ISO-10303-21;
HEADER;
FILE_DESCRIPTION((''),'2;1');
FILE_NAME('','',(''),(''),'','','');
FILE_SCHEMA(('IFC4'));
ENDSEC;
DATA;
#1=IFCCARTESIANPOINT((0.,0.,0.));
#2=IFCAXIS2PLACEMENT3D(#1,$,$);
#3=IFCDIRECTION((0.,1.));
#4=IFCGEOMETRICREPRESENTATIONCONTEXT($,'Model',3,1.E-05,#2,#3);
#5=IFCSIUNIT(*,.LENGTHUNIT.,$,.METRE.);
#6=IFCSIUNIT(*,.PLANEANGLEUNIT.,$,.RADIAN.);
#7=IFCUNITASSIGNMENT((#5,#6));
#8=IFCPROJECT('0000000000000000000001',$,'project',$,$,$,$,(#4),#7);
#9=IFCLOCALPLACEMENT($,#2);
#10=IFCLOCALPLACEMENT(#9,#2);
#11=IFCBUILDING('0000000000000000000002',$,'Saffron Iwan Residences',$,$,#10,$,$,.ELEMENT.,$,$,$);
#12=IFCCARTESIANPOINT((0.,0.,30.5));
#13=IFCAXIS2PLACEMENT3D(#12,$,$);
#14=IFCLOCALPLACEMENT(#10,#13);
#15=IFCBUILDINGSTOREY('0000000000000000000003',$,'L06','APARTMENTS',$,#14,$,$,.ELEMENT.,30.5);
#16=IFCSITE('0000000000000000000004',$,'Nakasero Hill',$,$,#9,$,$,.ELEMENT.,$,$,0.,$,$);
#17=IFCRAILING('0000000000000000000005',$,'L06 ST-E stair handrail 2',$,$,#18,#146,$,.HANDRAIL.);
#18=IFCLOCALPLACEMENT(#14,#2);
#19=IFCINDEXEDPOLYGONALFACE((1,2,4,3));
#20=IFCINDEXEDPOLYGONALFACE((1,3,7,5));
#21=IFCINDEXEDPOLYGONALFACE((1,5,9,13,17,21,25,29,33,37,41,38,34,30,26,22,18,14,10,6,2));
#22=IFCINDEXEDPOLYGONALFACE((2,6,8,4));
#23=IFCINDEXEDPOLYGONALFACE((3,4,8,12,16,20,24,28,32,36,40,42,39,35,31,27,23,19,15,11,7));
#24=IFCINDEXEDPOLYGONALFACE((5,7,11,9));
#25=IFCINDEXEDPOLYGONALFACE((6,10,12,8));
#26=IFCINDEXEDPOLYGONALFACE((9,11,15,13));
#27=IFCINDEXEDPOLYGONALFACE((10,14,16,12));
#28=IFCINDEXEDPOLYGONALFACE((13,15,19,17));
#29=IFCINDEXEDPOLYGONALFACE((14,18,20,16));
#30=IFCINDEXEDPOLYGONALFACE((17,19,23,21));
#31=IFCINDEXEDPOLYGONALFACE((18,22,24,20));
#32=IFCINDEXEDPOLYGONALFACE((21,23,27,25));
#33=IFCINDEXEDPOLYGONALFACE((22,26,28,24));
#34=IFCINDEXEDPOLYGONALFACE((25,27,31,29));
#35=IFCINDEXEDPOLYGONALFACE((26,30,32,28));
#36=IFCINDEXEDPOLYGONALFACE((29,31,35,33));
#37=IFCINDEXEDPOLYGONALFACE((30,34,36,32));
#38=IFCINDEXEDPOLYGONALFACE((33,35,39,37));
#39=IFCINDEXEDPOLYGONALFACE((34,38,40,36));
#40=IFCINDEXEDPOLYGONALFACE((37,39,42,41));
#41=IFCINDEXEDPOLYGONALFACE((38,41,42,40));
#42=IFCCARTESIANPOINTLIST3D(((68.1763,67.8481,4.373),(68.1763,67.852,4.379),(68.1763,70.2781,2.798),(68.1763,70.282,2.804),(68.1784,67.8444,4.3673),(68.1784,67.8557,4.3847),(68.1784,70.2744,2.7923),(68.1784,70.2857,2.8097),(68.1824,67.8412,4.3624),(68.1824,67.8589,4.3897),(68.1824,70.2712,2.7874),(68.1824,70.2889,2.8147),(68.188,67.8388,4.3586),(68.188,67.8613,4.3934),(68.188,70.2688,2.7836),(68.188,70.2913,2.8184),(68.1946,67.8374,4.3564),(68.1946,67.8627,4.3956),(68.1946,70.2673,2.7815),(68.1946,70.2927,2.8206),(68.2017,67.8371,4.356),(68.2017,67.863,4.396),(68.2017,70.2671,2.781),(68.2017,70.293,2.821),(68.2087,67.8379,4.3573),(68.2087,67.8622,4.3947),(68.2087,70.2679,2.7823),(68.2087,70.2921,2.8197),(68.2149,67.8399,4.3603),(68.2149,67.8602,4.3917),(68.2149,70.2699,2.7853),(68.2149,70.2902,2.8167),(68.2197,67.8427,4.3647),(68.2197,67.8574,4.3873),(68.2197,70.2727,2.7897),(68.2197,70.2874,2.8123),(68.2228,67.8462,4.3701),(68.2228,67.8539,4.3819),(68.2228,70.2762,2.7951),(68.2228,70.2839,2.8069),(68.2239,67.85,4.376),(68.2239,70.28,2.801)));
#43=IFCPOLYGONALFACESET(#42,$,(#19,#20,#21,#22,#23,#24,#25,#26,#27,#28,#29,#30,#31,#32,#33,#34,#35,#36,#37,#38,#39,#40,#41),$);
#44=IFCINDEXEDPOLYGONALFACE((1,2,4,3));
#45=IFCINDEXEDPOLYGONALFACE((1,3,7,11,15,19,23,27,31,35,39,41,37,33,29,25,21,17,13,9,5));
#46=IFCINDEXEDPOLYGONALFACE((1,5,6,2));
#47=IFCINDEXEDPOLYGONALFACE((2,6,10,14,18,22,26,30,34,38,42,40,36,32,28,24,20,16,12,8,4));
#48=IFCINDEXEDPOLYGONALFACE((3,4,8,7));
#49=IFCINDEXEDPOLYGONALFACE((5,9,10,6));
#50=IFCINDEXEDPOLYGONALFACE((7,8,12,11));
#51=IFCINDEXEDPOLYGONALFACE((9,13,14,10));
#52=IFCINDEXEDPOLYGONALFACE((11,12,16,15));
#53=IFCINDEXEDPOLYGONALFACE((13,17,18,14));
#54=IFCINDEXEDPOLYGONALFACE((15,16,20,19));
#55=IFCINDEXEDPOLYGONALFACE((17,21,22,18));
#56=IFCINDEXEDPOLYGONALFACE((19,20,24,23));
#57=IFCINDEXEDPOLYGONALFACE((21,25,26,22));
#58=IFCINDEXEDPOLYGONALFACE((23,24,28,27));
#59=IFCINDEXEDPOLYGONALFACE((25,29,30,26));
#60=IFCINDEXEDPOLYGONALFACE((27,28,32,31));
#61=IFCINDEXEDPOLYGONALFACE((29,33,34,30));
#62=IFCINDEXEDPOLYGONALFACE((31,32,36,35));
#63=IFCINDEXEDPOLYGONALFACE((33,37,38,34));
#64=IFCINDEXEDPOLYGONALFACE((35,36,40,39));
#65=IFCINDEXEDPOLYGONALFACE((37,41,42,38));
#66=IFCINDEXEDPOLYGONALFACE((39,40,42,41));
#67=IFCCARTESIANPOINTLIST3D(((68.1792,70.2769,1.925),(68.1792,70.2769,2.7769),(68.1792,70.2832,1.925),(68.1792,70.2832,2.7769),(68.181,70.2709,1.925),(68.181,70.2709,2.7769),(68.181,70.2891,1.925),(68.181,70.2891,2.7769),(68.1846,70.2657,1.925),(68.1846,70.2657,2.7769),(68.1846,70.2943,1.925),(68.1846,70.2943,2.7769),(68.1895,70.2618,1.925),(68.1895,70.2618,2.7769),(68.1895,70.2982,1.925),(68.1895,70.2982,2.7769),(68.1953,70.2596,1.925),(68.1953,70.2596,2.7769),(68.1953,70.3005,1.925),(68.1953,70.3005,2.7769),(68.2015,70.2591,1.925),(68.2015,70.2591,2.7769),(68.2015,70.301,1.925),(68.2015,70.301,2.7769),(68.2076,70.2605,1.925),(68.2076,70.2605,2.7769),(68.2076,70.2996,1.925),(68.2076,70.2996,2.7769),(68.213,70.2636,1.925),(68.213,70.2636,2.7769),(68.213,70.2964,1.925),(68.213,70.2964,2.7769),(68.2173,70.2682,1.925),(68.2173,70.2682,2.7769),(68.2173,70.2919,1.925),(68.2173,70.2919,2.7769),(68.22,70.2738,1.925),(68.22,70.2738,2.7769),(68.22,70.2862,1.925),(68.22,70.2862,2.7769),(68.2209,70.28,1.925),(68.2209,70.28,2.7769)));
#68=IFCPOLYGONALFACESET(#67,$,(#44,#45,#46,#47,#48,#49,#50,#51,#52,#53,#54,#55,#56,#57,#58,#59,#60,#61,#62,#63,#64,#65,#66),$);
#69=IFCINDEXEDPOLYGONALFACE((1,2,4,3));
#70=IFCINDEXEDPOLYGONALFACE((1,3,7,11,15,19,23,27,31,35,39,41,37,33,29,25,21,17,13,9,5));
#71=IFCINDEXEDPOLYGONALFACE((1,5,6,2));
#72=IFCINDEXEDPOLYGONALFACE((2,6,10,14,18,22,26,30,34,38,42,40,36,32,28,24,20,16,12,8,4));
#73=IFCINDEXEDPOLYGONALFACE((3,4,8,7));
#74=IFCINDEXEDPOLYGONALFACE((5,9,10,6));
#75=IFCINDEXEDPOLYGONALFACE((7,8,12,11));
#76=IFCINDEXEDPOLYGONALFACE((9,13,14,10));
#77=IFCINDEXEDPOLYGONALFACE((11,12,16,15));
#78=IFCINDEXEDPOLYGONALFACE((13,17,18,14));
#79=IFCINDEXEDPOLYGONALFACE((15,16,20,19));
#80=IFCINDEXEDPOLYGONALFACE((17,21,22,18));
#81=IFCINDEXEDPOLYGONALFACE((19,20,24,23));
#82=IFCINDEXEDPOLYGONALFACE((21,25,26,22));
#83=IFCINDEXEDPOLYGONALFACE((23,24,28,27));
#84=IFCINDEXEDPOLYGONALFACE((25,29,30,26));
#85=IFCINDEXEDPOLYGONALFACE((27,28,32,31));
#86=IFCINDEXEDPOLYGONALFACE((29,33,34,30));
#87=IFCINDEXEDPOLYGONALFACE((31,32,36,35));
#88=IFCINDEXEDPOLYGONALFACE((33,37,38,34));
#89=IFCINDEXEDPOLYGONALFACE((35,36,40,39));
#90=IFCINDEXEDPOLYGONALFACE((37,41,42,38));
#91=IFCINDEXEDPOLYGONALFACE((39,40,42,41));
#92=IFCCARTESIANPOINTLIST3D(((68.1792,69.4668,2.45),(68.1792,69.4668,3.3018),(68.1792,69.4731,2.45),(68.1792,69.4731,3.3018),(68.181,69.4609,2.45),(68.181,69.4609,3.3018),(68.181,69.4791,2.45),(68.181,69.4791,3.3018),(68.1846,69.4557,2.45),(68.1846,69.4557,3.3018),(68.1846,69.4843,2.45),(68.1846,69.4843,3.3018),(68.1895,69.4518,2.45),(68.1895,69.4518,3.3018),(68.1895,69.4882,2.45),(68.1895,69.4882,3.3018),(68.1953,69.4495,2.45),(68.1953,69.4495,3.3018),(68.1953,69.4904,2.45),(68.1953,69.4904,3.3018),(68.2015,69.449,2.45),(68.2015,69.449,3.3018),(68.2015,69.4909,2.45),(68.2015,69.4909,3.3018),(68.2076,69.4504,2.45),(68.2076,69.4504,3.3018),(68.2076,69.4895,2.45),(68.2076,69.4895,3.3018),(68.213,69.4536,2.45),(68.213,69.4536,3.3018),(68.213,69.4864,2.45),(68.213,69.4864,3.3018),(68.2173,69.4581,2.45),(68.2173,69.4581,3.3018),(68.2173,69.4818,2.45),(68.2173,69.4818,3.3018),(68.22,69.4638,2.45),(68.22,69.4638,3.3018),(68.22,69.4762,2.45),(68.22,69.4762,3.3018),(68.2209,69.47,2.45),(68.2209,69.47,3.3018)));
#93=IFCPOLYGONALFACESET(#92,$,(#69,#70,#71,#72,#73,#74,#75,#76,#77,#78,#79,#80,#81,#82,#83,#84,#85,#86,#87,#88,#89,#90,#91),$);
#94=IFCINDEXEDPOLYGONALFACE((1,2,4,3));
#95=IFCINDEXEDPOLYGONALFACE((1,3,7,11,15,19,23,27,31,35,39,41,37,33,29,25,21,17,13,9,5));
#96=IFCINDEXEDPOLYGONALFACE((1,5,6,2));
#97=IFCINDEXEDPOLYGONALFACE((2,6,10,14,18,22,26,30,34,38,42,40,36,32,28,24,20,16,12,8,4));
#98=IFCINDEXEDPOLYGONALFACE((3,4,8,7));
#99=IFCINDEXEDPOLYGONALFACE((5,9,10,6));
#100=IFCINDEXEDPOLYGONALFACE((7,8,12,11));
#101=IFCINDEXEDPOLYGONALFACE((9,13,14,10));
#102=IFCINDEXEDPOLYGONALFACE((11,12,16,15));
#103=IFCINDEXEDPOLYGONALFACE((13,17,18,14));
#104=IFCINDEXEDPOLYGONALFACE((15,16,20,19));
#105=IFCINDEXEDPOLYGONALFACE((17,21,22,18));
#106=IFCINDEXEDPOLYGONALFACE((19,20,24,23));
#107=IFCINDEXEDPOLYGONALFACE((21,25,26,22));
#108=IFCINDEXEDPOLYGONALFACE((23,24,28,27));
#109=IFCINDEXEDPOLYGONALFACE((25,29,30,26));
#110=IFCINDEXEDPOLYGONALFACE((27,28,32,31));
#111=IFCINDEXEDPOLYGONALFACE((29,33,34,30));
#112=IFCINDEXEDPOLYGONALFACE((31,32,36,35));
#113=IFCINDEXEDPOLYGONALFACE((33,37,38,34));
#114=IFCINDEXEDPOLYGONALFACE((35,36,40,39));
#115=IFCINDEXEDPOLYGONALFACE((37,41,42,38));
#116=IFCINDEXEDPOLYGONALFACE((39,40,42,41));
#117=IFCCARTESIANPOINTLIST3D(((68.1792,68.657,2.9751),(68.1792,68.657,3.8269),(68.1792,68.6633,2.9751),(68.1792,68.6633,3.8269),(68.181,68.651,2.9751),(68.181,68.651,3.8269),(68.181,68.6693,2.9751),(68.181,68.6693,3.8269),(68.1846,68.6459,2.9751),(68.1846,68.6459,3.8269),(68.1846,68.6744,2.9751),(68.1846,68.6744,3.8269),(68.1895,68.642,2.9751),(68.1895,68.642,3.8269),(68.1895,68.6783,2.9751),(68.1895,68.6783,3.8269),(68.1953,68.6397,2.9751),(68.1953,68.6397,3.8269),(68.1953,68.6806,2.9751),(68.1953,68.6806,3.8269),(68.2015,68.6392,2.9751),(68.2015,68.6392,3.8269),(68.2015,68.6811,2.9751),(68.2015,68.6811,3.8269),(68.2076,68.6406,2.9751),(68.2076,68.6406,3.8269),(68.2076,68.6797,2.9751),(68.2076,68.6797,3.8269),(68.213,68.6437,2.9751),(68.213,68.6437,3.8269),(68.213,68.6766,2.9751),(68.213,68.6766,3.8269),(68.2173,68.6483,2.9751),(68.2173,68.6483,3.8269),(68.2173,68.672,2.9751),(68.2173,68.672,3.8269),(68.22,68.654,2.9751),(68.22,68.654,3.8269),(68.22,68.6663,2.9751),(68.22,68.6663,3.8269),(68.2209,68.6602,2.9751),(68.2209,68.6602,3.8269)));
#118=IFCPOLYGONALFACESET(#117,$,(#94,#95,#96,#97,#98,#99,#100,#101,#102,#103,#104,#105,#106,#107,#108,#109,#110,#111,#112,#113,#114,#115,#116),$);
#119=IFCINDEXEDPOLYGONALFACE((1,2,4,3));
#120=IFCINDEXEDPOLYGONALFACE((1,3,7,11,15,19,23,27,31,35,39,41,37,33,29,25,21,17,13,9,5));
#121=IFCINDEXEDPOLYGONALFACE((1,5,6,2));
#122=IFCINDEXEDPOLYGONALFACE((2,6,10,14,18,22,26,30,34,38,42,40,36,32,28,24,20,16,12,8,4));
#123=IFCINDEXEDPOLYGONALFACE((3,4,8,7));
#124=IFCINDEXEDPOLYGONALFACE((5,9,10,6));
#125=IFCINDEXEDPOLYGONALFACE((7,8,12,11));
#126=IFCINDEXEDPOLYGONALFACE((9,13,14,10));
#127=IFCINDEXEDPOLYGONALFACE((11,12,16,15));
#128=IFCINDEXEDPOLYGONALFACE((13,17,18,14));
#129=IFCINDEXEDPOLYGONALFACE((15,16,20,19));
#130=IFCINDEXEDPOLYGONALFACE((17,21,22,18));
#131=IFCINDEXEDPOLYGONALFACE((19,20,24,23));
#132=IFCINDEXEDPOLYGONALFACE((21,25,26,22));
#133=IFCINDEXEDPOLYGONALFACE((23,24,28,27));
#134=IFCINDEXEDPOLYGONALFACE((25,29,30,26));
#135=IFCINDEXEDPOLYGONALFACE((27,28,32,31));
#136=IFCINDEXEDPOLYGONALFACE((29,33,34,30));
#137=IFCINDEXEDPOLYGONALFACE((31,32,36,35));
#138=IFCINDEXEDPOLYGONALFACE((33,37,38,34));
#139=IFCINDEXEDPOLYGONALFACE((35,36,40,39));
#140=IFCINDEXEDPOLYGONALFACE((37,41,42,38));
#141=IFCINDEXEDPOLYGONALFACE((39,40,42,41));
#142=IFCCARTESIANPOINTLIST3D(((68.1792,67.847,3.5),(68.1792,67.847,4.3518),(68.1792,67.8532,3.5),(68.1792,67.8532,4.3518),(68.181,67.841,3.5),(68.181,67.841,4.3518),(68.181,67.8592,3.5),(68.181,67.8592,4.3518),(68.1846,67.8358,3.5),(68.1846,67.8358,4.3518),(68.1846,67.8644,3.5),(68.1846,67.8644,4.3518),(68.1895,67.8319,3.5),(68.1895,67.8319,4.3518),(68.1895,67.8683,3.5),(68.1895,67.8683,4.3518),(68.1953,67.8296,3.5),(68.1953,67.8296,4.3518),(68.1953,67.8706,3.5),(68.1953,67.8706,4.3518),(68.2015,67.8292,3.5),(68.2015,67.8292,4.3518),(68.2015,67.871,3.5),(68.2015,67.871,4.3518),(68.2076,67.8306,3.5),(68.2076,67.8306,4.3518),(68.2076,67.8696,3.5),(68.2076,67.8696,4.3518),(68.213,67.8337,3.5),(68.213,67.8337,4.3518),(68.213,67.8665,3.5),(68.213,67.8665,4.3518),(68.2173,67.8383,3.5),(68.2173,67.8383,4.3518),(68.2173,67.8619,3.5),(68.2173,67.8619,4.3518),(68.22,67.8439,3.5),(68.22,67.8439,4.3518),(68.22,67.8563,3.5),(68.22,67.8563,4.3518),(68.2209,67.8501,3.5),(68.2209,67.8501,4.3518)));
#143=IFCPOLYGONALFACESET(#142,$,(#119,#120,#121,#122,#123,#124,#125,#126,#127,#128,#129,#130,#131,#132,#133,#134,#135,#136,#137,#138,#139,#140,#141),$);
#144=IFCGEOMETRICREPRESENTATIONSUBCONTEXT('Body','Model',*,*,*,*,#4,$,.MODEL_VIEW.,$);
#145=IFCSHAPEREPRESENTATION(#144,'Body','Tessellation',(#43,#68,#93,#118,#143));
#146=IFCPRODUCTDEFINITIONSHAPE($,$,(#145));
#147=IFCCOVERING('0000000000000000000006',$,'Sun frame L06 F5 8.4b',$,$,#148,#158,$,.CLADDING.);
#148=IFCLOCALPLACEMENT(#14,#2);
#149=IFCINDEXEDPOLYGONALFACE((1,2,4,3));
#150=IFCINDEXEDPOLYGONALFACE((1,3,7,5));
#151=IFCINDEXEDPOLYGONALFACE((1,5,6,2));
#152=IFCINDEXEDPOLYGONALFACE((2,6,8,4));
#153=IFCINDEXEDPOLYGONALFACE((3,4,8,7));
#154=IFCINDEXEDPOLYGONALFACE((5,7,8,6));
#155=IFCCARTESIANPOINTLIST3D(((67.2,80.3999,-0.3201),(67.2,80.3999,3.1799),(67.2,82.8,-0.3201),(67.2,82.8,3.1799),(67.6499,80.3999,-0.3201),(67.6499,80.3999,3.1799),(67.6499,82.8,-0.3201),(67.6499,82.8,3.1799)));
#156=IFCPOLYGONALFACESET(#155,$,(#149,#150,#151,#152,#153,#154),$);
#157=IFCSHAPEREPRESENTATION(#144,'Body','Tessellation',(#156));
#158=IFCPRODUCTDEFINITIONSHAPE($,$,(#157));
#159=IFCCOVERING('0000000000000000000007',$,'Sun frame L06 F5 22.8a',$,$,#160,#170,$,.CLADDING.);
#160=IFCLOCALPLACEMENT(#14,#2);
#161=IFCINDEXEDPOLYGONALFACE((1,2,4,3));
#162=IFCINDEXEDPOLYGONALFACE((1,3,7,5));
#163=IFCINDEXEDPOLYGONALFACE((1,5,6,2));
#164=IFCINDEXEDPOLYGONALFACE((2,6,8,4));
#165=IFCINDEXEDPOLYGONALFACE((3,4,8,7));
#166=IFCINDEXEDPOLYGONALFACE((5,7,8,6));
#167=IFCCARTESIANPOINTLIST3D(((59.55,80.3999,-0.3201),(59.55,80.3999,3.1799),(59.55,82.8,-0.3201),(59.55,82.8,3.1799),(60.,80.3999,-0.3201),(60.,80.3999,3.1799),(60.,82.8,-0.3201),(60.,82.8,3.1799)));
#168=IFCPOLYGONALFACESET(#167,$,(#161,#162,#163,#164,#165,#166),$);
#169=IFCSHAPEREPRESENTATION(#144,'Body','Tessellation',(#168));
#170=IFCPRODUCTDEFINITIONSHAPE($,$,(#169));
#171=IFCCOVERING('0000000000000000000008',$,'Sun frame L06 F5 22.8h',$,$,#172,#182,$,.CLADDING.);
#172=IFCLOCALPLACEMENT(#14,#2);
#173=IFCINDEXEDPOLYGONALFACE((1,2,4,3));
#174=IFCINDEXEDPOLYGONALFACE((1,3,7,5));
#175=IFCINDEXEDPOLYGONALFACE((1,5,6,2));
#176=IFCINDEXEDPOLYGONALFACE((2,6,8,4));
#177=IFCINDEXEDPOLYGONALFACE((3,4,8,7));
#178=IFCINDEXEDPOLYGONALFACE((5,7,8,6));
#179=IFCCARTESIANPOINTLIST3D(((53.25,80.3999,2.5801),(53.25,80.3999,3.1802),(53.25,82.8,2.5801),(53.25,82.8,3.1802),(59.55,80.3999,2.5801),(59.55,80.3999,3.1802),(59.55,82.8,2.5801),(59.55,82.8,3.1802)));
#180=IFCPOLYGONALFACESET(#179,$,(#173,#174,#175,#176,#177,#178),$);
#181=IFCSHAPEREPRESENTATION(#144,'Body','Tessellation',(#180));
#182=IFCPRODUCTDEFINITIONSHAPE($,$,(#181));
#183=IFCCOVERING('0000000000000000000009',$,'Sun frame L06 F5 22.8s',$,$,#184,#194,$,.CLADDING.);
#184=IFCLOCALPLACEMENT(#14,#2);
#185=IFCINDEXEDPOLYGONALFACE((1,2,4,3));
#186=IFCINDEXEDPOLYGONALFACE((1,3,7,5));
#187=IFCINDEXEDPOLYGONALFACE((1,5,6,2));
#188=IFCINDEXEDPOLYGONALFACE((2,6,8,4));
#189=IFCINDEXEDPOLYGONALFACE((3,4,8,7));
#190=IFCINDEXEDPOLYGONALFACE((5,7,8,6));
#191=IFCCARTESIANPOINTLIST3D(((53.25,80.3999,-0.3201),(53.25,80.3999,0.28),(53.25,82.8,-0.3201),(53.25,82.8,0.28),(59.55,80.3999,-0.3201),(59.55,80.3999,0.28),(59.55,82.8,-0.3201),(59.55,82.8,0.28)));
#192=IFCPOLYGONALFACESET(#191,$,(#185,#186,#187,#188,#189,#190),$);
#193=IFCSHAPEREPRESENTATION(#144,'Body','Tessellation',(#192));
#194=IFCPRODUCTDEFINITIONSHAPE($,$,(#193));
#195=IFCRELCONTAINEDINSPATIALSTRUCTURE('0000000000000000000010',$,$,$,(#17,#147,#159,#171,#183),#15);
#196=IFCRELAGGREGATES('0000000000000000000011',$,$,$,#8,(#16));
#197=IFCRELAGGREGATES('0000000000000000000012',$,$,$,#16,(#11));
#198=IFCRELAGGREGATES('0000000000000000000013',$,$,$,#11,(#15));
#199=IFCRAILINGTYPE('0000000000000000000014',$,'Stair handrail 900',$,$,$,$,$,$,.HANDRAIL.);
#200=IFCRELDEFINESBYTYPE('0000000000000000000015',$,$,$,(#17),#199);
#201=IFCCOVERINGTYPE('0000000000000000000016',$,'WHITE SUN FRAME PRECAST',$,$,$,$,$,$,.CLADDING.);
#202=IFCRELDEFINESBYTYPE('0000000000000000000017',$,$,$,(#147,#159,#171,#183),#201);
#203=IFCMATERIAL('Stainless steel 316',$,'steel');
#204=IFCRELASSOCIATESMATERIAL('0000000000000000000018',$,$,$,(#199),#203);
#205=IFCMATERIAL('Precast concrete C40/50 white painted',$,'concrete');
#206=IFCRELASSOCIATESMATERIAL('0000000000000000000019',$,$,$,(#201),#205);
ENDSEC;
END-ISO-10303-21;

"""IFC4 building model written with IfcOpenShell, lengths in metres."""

from ifc_helpers import new_model, si_unit, direction, frame, origin, origin_2d, place, context, subcontext, project, spatial, polyline, circle, outline, extrude, material, type_object, element, save


model = new_model("IFC4")

# Units and contexts
model_context = context("Model", 3, precision=1e-05, world=origin(), true_north=direction((0.0, 1.0)))
body_context = subcontext(model_context, "Body", "Model", "MODEL_VIEW")
ifc_project = project(units=[si_unit("LENGTHUNIT", "METRE"), si_unit("PLANEANGLEUNIT", "RADIAN")], contexts=[model_context])

# Site, building, storey
site_placement = place(None, origin())
site = spatial("IfcSite", under=ifc_project, at=site_placement, Name="Nakasero Hill", CompositionType="ELEMENT", RefElevation=0.0)
building_placement = place(site_placement, origin())
building = spatial("IfcBuilding", under=site, at=building_placement, Name="Saffron Iwan Residences", CompositionType="ELEMENT")
storey_placement = place(building_placement, frame((0.0, 0.0, 30.5)))
storey = spatial("IfcBuildingStorey", under=building, at=storey_placement, Name="L06", Description="APARTMENTS", CompositionType="ELEMENT", Elevation=30.5)

# Railing
ifc_material_1 = material(Name="Stainless steel 316", Category="steel")
railing_type_1 = type_object("IfcRailingType", Name="Stair handrail 900", PredefinedType="HANDRAIL", material=ifc_material_1)
railing_1_placement = place(storey_placement, frame((68.2, 70.28, 1.925)))
element("IfcRailing", 1, at=railing_1_placement, inside=storey, type_object=railing_type_1, Name="L06 ST-E stair handrail 2", PredefinedType="HANDRAIL", context=body_context, shape_type="SweptSolid", body=[
    extrude(circle(Radius=0.0239, at=origin_2d()), frame((0.0, 0.0, 0.876), z_axis=(0.0, -0.839154, 0.543894), x_axis=(1.0, 0.0, 0.0)), (0.0, 0.0, 1.0), 2.8958),
    extrude(circle(Radius=0.021, at=origin_2d()), origin(), (0.0, 0.0, 1.0), 0.8518),
    extrude(circle(Radius=0.021, at=origin_2d()), frame((0.0, -0.8101, 0.5249)), (0.0, 0.0, 1.0), 0.8518),
    extrude(circle(Radius=0.021, at=origin_2d()), frame((0.0, -1.6199, 1.05)), (0.0, 0.0, 1.0), 0.8518),
    extrude(circle(Radius=0.021, at=origin_2d()), frame((0.0, -2.4299, 1.575)), (0.0, 0.0, 1.0), 0.8518),
])

# Coverings
ifc_material_2 = material(Name="Precast concrete C40/50 white painted", Category="concrete")
covering_type_1 = type_object("IfcCoveringType", Name="WHITE SUN FRAME PRECAST", PredefinedType="CLADDING", material=ifc_material_2)
for number, where, z_axis, x_axis, name in (
    (2, (67.6499, 80.3999, -0.3201), (0.0, 1.0, 0.0), (-1.0, 0.0, 0.0), "Sun frame L06 F5 8.4b"),
    (3, (60.0, 80.3999, -0.3201), (0.0, 1.0, 0.0), (-1.0, 0.0, 0.0), "Sun frame L06 F5 22.8a"),
):
    element("IfcCovering", number, at=place(storey_placement, frame(where, z_axis=z_axis, x_axis=x_axis)), inside=storey, type_object=covering_type_1, Name=name, PredefinedType="CLADDING", context=body_context, shape_type="SweptSolid", body=[
        extrude(outline(polyline([(0.0, 0.0), (0.45, 0.0), (0.45, 3.5), (0.0, 3.5), (0.0, 0.0)])), origin(), (0.0, 0.0, 1.0), 2.4001),
    ])
for number, where, z_axis, x_axis, name in (
    (4, (59.55, 80.3999, 2.5801), (0.0, 1.0, 0.0), (-1.0, 0.0, 0.0), "Sun frame L06 F5 22.8h"),
    (5, (59.55, 80.3999, -0.3201), (0.0, 1.0, 0.0), (-1.0, 0.0, 0.0), "Sun frame L06 F5 22.8s"),
):
    element("IfcCovering", number, at=place(storey_placement, frame(where, z_axis=z_axis, x_axis=x_axis)), inside=storey, type_object=covering_type_1, Name=name, PredefinedType="CLADDING", context=body_context, shape_type="SweptSolid", body=[
        extrude(outline(polyline([(0.0, 0.0), (6.3, 0.0), (6.3, 0.6001), (0.0, 0.6001), (0.0, 0.0)])), origin(), (0.0, 0.0, 1.0), 2.4001),
    ])

save(model, "model.ifc")
